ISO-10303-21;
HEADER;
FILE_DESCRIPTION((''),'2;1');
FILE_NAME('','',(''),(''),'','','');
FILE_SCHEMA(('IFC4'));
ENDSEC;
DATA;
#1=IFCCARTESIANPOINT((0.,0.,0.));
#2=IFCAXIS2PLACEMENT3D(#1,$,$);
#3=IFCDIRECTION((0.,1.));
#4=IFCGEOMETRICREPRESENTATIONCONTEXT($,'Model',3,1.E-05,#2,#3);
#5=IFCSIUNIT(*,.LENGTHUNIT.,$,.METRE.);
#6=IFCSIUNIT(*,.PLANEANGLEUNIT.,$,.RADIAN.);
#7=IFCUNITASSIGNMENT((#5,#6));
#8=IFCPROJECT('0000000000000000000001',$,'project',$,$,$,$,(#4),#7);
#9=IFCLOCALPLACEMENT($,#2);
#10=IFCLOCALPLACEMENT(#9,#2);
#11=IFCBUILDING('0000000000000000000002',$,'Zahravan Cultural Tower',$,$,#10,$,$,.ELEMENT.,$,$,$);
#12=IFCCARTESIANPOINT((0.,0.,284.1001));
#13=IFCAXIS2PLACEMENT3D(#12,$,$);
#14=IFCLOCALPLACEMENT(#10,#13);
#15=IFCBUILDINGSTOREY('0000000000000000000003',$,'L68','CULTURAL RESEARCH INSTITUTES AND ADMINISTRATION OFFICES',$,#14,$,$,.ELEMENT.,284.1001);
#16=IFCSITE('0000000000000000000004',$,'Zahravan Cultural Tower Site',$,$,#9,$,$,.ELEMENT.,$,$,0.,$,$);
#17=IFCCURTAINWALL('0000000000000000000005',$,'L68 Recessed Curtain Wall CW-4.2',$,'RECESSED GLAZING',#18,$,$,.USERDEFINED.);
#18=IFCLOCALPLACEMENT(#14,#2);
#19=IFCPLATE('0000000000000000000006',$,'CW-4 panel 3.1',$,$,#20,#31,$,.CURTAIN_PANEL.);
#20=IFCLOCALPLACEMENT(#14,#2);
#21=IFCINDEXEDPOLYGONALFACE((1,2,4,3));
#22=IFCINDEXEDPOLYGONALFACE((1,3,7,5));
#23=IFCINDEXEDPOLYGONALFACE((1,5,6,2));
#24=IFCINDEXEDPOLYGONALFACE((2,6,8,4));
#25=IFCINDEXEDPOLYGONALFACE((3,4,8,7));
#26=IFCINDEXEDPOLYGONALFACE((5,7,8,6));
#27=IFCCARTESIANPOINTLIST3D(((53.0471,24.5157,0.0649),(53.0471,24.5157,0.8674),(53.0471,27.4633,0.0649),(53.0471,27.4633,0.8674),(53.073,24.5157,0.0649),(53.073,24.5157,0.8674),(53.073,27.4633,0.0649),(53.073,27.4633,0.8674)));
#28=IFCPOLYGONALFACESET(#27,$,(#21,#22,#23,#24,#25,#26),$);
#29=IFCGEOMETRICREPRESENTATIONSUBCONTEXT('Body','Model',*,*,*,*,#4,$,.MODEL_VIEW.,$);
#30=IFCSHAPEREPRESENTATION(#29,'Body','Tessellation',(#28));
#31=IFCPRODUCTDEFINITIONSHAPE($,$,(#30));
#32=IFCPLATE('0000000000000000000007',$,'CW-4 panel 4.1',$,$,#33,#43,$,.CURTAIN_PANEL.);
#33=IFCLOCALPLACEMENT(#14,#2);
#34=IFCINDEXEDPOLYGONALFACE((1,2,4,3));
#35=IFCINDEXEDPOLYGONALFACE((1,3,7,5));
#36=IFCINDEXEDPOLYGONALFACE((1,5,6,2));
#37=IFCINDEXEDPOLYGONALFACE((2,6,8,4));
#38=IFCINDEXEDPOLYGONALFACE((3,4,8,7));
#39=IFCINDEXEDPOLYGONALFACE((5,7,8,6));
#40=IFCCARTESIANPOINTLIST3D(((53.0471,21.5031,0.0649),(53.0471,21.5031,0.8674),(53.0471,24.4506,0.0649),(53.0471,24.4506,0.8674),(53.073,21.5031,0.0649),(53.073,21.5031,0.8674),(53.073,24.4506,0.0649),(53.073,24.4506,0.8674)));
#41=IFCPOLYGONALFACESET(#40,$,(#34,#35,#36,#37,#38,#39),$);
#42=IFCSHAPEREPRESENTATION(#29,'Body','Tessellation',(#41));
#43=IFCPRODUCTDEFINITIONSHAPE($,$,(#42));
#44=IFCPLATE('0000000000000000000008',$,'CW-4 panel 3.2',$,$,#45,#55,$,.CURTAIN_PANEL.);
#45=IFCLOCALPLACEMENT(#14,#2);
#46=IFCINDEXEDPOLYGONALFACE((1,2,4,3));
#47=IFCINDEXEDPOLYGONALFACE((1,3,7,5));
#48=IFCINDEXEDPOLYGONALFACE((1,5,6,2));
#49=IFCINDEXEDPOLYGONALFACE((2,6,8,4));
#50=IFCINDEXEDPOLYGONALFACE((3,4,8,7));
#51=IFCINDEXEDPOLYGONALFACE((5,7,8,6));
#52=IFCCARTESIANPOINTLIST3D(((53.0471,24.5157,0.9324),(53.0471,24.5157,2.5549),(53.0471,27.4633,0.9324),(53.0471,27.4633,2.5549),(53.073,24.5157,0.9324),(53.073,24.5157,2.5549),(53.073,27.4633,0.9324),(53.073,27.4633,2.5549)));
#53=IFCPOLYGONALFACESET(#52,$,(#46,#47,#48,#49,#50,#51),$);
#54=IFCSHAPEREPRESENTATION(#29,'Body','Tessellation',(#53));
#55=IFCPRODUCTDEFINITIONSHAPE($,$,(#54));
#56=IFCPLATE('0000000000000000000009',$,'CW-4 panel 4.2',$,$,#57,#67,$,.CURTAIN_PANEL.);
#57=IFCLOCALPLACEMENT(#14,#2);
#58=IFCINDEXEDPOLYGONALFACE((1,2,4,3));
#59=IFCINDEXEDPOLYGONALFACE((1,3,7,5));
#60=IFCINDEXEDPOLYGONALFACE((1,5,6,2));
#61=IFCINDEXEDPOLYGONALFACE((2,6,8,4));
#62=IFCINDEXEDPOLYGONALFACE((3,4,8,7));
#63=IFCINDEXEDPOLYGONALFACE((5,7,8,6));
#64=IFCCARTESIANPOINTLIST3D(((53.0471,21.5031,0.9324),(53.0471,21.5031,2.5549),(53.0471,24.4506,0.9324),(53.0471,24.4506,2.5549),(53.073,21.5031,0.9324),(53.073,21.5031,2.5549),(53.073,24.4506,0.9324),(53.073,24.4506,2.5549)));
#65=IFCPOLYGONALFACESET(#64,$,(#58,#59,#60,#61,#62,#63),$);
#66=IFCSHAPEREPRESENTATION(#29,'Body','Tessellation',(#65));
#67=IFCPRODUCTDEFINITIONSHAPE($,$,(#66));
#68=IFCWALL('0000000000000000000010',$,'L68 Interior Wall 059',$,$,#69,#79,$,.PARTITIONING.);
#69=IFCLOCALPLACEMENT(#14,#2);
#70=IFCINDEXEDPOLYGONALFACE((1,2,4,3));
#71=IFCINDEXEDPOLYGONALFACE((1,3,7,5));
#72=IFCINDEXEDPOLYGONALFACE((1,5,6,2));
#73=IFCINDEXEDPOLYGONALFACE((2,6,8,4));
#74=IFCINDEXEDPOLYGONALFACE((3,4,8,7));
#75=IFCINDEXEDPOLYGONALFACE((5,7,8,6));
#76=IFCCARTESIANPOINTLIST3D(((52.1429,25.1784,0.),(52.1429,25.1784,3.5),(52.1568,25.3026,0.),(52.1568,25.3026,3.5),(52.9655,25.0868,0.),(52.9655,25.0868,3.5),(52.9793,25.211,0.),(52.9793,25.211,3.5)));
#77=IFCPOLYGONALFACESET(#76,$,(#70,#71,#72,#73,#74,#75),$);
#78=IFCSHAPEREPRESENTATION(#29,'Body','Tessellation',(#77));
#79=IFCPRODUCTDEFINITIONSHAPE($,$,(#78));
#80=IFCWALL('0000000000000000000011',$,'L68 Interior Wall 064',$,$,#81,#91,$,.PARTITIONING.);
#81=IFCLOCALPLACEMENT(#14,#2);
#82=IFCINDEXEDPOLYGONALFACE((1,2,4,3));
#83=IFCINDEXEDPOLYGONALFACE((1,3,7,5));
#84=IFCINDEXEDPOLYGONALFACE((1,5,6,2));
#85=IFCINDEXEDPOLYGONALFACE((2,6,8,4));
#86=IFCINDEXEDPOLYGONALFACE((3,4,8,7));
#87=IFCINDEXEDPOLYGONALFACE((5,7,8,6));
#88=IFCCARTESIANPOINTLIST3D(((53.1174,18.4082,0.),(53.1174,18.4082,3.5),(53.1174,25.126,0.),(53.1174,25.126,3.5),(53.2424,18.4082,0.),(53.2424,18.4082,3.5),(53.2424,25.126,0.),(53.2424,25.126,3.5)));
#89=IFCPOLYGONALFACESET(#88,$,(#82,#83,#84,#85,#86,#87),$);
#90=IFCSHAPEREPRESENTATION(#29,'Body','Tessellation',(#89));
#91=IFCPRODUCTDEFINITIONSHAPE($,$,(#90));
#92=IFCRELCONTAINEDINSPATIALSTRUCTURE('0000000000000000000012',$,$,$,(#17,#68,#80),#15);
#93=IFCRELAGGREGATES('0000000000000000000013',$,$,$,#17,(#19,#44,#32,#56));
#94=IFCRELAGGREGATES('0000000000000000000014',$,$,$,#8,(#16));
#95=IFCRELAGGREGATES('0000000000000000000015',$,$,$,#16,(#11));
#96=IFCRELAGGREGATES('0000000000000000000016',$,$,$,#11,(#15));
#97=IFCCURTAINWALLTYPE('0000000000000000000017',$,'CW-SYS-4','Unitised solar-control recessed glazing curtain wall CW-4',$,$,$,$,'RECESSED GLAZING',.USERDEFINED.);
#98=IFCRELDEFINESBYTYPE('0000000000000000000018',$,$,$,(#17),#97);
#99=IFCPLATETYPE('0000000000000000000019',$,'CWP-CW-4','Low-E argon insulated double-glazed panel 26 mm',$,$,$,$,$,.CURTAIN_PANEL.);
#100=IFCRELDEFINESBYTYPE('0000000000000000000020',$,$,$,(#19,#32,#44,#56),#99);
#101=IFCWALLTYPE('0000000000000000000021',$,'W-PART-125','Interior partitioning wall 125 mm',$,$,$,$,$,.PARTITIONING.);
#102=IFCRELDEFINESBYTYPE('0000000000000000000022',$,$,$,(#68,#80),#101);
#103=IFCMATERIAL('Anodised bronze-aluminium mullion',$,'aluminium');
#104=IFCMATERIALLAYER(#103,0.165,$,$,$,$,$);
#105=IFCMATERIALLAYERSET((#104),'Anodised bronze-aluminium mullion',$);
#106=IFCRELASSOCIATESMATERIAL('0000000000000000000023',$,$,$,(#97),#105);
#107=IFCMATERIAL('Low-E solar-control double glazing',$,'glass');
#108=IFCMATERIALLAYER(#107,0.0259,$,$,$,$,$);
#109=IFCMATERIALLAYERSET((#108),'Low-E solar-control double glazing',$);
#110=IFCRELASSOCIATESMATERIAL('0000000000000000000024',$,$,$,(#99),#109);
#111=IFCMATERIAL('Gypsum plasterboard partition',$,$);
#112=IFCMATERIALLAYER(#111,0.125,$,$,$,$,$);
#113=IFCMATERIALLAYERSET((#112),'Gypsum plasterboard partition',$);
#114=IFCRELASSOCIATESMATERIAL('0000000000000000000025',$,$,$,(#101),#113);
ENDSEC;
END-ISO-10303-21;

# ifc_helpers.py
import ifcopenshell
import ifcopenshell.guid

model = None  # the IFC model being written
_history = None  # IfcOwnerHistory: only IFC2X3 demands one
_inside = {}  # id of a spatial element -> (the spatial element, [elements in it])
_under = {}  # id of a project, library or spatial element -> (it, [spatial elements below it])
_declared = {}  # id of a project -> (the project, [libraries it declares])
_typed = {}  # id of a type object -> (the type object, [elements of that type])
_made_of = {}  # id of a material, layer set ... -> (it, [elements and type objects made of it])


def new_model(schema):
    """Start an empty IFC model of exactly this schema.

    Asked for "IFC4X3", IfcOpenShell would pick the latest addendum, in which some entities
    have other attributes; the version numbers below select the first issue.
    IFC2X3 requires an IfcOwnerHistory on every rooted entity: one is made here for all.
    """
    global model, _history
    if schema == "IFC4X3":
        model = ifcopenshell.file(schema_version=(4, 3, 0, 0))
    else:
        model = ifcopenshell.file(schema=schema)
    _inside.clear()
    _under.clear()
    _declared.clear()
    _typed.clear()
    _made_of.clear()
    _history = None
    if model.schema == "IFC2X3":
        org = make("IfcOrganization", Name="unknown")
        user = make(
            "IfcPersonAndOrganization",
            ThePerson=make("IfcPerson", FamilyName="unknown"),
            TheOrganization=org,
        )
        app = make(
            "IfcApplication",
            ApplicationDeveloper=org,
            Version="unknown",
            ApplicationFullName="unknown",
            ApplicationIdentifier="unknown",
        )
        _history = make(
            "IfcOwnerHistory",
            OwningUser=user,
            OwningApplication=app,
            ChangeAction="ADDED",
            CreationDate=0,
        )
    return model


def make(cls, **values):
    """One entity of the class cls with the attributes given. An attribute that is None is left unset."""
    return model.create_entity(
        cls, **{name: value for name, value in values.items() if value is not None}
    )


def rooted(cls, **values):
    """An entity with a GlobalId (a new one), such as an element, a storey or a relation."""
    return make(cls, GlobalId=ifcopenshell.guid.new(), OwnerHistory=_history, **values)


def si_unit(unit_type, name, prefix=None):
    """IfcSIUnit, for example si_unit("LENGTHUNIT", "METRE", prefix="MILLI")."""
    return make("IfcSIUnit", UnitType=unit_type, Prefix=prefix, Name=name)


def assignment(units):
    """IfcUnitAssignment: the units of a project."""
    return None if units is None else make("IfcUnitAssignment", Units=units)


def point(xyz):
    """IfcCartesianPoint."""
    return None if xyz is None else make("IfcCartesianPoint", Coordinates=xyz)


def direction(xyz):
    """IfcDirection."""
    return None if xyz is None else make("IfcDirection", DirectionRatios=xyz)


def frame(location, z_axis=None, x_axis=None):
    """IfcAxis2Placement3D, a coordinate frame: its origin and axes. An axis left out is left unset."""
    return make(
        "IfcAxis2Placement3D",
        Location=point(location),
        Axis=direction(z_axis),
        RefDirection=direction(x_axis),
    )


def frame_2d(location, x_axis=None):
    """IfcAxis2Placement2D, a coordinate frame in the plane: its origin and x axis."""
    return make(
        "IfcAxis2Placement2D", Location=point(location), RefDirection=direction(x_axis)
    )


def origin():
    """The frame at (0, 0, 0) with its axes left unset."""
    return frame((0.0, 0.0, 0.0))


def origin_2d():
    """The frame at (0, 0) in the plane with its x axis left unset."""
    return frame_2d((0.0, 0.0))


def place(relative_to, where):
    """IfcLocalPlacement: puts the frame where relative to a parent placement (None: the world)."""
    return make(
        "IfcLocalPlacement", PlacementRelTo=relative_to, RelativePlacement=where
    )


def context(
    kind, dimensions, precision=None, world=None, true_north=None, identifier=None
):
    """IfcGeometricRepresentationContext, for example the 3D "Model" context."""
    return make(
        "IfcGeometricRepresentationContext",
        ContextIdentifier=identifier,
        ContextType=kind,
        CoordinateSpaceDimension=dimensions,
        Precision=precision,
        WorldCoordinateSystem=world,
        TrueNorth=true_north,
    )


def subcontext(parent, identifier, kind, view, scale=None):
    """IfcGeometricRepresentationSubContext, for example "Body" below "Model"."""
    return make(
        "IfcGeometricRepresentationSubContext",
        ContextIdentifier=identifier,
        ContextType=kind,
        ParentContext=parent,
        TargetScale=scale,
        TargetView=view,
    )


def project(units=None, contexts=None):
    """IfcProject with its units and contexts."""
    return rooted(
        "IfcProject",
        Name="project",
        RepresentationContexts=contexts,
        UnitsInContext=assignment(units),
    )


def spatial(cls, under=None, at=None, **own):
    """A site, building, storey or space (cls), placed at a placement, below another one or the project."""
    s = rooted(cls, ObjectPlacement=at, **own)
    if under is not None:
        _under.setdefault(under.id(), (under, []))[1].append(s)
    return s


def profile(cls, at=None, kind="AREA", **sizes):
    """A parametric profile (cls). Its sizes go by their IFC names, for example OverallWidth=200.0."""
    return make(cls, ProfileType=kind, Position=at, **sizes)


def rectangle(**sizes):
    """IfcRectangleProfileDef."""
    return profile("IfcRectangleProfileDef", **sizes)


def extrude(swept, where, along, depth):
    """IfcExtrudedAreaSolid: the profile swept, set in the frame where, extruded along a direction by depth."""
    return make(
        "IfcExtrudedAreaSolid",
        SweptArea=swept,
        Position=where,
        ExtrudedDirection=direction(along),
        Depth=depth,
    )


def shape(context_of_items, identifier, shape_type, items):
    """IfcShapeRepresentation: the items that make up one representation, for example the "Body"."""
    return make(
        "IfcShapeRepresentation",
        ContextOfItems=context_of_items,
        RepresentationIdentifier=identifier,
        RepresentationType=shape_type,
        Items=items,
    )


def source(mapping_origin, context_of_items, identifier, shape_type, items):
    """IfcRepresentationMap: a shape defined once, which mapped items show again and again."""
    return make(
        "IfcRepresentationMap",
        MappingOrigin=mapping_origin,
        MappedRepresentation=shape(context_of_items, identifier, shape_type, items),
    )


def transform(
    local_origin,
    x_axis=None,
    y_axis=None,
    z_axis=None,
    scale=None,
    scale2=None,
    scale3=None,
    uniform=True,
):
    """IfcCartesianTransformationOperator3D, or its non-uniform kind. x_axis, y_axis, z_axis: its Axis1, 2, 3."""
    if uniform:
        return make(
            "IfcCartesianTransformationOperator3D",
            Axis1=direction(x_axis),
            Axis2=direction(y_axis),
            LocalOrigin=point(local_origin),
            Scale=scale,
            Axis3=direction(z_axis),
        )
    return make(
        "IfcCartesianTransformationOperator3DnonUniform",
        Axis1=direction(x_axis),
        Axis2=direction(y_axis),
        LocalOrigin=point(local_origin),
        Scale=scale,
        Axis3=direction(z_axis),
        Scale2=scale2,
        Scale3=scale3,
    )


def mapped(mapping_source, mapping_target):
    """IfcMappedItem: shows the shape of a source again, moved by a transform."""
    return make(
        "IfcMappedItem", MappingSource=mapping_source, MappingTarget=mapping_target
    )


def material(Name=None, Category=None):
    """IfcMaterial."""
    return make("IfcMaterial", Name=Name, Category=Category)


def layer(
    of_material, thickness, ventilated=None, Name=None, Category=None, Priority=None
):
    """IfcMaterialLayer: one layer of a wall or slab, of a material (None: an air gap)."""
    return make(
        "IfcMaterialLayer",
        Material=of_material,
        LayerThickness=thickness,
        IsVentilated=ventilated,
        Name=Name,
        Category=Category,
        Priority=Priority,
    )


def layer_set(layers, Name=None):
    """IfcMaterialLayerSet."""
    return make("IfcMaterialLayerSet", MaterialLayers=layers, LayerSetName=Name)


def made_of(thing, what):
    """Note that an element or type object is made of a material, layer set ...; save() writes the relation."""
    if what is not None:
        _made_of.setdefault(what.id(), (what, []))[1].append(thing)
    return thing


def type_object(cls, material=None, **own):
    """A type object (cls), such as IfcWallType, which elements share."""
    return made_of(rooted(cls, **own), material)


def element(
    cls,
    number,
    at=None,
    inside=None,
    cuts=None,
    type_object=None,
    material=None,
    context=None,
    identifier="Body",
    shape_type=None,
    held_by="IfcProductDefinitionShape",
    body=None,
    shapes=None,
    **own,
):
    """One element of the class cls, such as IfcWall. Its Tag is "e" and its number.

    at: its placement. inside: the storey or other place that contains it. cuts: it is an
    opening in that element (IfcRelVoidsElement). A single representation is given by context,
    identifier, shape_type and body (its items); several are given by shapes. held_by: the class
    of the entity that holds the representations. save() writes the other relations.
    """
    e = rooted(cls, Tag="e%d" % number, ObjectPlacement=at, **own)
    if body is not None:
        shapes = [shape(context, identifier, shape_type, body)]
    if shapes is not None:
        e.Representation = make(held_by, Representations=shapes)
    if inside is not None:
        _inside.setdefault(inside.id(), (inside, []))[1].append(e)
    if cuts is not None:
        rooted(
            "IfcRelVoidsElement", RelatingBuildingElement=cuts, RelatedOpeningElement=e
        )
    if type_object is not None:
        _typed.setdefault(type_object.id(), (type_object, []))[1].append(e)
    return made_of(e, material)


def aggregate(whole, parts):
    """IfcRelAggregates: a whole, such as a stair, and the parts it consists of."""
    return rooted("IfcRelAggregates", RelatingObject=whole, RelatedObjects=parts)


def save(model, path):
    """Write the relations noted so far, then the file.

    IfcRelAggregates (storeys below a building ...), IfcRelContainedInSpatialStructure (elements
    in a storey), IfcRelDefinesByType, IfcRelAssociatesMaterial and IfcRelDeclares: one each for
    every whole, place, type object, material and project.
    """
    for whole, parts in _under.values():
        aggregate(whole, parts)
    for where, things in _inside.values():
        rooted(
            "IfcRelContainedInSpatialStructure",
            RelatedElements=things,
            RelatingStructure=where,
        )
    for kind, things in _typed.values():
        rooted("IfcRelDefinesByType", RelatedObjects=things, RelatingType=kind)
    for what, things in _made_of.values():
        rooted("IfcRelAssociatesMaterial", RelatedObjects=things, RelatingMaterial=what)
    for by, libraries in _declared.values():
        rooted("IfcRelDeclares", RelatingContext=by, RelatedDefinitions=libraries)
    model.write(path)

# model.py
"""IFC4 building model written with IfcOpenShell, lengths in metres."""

from ifc_helpers import new_model, si_unit, direction, frame, frame_2d, origin, origin_2d, place, context, subcontext, project, spatial, rectangle, extrude, source, transform, mapped, material, layer, layer_set, type_object, element, aggregate, save


model = new_model("IFC4")

# Units and contexts
model_context = context("Model", 3, precision=1e-05, world=origin(), true_north=direction((0.0, 1.0)))
body_context = subcontext(model_context, "Body", "Model", "MODEL_VIEW")
ifc_project = project(units=[si_unit("LENGTHUNIT", "METRE"), si_unit("PLANEANGLEUNIT", "RADIAN")], contexts=[model_context])

# Site, building, storey
site_placement = place(None, origin())
site = spatial("IfcSite", under=ifc_project, at=site_placement, Name="Zahravan Cultural Tower Site", CompositionType="ELEMENT", RefElevation=0.0)
building_placement = place(site_placement, origin())
building = spatial("IfcBuilding", under=site, at=building_placement, Name="Zahravan Cultural Tower", CompositionType="ELEMENT")
storey_placement = place(building_placement, frame((0.0, 0.0, 284.1001)))
storey = spatial("IfcBuildingStorey", under=building, at=storey_placement, Name="L68", Description="CULTURAL RESEARCH INSTITUTES AND ADMINISTRATION OFFICES", CompositionType="ELEMENT", Elevation=284.1001)

# Curtain wall, plates
ifc_material_1 = material(Name="Anodised bronze-aluminium mullion", Category="aluminium")
ifc_layer_1 = layer(ifc_material_1, 0.165)
ifc_layer_set_1 = layer_set([ifc_layer_1], Name="Anodised bronze-aluminium mullion")
curtain_wall_type = type_object("IfcCurtainWallType", Name="CW-SYS-4", Description="Unitised solar-control recessed glazing curtain wall CW-4", ElementType="RECESSED GLAZING", PredefinedType="USERDEFINED", material=ifc_layer_set_1)
curtain_wall_placement = place(storey_placement, origin())
curtain_wall = element("IfcCurtainWall", 1, at=curtain_wall_placement, inside=storey, type_object=curtain_wall_type, Name="L68 Recessed Curtain Wall CW-4.2", ObjectType="RECESSED GLAZING", PredefinedType="USERDEFINED")
ifc_material_2 = material(Name="Low-E solar-control double glazing", Category="glass")
ifc_layer_2 = layer(ifc_material_2, 0.0259)
ifc_layer_set_2 = layer_set([ifc_layer_2], Name="Low-E solar-control double glazing")
plate_type = type_object("IfcPlateType", Name="CWP-CW-4", Description="Low-E argon insulated double-glazed panel 26 mm", PredefinedType="CURTAIN_PANEL", material=ifc_layer_set_2)
shared_shape_1 = source(origin(), body_context, "Body", "SweptSolid", [
    extrude(rectangle(XDim=2.9475, YDim=0.0259, at=origin_2d()), origin(), (0.0, 0.0, 1.0), 0.8025),
])
plate_1_placement = place(storey_placement, frame((53.0601, 25.9895, 0.0649), z_axis=(0.0, 0.0, 1.0), x_axis=(0.0, -1.0, 0.0)))
plate_1 = element("IfcPlate", 2, at=plate_1_placement, type_object=plate_type, Name="CW-4 panel 3.1", PredefinedType="CURTAIN_PANEL", context=body_context, shape_type="MappedRepresentation", body=[
    mapped(shared_shape_1, transform((0.0, 0.0, 0.0), x_axis=(1.0, 0.0, 0.0), y_axis=(0.0, 1.0, 0.0), z_axis=(0.0, 0.0, 1.0), scale=1.0)),
])
plate_2_placement = place(storey_placement, frame((53.0601, 22.9768, 0.0649), z_axis=(0.0, 0.0, 1.0), x_axis=(0.0, -1.0, 0.0)))
plate_2 = element("IfcPlate", 3, at=plate_2_placement, type_object=plate_type, Name="CW-4 panel 4.1", PredefinedType="CURTAIN_PANEL", context=body_context, shape_type="MappedRepresentation", body=[
    mapped(shared_shape_1, transform((0.0, 0.0, 0.0), x_axis=(1.0, 0.0, 0.0), y_axis=(0.0, 1.0, 0.0), z_axis=(0.0, 0.0, 1.0), scale=1.0)),
])
shared_shape_2 = source(origin(), body_context, "Body", "SweptSolid", [
    extrude(rectangle(XDim=2.9475, YDim=0.0259, at=origin_2d()), origin(), (0.0, 0.0, 1.0), 1.6226),
])
plate_3_placement = place(storey_placement, frame((53.0601, 25.9895, 0.9324), z_axis=(0.0, 0.0, 1.0), x_axis=(0.0, -1.0, 0.0)))
plate_3 = element("IfcPlate", 4, at=plate_3_placement, type_object=plate_type, Name="CW-4 panel 3.2", PredefinedType="CURTAIN_PANEL", context=body_context, shape_type="MappedRepresentation", body=[
    mapped(shared_shape_2, transform((0.0, 0.0, 0.0), x_axis=(1.0, 0.0, 0.0), y_axis=(0.0, 1.0, 0.0), z_axis=(0.0, 0.0, 1.0), scale=1.0)),
])
plate_4_placement = place(storey_placement, frame((53.0601, 22.9768, 0.9324), z_axis=(0.0, 0.0, 1.0), x_axis=(0.0, -1.0, 0.0)))
plate_4 = element("IfcPlate", 5, at=plate_4_placement, type_object=plate_type, Name="CW-4 panel 4.2", PredefinedType="CURTAIN_PANEL", context=body_context, shape_type="MappedRepresentation", body=[
    mapped(shared_shape_2, transform((0.0, 0.0, 0.0), x_axis=(1.0, 0.0, 0.0), y_axis=(0.0, 1.0, 0.0), z_axis=(0.0, 0.0, 1.0), scale=1.0)),
])
aggregate(curtain_wall, [plate_1, plate_3, plate_2, plate_4])

# Walls
ifc_material_3 = material(Name="Gypsum plasterboard partition")
ifc_layer_3 = layer(ifc_material_3, 0.125)
ifc_layer_set_3 = layer_set([ifc_layer_3], Name="Gypsum plasterboard partition")
wall_type = type_object("IfcWallType", Name="W-PART-125", Description="Interior partitioning wall 125 mm", PredefinedType="PARTITIONING", material=ifc_layer_set_3)
shared_shape_3 = source(origin(), body_context, "Body", "SweptSolid", [
    extrude(rectangle(XDim=0.8276, YDim=0.125, at=frame_2d((0.4138, 0.0))), origin(), (0.0, 0.0, 1.0), 3.5),
])
wall_1_placement = place(storey_placement, frame((52.9724, 25.1489, 0.0), z_axis=(0.0, 0.0, 1.0), x_axis=(-0.993862, 0.110626, 0.0)))
element("IfcWall", 6, at=wall_1_placement, inside=storey, type_object=wall_type, Name="L68 Interior Wall 059", PredefinedType="PARTITIONING", context=body_context, shape_type="MappedRepresentation", body=[
    mapped(shared_shape_3, transform((0.0, 0.0, 0.0), x_axis=(1.0, 0.0, 0.0), y_axis=(0.0, 1.0, 0.0), z_axis=(0.0, 0.0, 1.0), scale=1.0)),
])
shared_shape_4 = source(origin(), body_context, "Body", "SweptSolid", [
    extrude(rectangle(XDim=6.7178, YDim=0.125, at=frame_2d((3.3589, 0.0))), origin(), (0.0, 0.0, 1.0), 3.5),
])
wall_2_placement = place(storey_placement, frame((53.1799, 25.126, 0.0), z_axis=(0.0, 0.0, 1.0), x_axis=(0.0, -1.0, 0.0)))
element("IfcWall", 7, at=wall_2_placement, inside=storey, type_object=wall_type, Name="L68 Interior Wall 064", PredefinedType="PARTITIONING", context=body_context, shape_type="MappedRepresentation", body=[
    mapped(shared_shape_4, transform((0.0, 0.0, 0.0), x_axis=(1.0, 0.0, 0.0), y_axis=(0.0, 1.0, 0.0), z_axis=(0.0, 0.0, 1.0), scale=1.0)),
])

save(model, "model.ifc")
